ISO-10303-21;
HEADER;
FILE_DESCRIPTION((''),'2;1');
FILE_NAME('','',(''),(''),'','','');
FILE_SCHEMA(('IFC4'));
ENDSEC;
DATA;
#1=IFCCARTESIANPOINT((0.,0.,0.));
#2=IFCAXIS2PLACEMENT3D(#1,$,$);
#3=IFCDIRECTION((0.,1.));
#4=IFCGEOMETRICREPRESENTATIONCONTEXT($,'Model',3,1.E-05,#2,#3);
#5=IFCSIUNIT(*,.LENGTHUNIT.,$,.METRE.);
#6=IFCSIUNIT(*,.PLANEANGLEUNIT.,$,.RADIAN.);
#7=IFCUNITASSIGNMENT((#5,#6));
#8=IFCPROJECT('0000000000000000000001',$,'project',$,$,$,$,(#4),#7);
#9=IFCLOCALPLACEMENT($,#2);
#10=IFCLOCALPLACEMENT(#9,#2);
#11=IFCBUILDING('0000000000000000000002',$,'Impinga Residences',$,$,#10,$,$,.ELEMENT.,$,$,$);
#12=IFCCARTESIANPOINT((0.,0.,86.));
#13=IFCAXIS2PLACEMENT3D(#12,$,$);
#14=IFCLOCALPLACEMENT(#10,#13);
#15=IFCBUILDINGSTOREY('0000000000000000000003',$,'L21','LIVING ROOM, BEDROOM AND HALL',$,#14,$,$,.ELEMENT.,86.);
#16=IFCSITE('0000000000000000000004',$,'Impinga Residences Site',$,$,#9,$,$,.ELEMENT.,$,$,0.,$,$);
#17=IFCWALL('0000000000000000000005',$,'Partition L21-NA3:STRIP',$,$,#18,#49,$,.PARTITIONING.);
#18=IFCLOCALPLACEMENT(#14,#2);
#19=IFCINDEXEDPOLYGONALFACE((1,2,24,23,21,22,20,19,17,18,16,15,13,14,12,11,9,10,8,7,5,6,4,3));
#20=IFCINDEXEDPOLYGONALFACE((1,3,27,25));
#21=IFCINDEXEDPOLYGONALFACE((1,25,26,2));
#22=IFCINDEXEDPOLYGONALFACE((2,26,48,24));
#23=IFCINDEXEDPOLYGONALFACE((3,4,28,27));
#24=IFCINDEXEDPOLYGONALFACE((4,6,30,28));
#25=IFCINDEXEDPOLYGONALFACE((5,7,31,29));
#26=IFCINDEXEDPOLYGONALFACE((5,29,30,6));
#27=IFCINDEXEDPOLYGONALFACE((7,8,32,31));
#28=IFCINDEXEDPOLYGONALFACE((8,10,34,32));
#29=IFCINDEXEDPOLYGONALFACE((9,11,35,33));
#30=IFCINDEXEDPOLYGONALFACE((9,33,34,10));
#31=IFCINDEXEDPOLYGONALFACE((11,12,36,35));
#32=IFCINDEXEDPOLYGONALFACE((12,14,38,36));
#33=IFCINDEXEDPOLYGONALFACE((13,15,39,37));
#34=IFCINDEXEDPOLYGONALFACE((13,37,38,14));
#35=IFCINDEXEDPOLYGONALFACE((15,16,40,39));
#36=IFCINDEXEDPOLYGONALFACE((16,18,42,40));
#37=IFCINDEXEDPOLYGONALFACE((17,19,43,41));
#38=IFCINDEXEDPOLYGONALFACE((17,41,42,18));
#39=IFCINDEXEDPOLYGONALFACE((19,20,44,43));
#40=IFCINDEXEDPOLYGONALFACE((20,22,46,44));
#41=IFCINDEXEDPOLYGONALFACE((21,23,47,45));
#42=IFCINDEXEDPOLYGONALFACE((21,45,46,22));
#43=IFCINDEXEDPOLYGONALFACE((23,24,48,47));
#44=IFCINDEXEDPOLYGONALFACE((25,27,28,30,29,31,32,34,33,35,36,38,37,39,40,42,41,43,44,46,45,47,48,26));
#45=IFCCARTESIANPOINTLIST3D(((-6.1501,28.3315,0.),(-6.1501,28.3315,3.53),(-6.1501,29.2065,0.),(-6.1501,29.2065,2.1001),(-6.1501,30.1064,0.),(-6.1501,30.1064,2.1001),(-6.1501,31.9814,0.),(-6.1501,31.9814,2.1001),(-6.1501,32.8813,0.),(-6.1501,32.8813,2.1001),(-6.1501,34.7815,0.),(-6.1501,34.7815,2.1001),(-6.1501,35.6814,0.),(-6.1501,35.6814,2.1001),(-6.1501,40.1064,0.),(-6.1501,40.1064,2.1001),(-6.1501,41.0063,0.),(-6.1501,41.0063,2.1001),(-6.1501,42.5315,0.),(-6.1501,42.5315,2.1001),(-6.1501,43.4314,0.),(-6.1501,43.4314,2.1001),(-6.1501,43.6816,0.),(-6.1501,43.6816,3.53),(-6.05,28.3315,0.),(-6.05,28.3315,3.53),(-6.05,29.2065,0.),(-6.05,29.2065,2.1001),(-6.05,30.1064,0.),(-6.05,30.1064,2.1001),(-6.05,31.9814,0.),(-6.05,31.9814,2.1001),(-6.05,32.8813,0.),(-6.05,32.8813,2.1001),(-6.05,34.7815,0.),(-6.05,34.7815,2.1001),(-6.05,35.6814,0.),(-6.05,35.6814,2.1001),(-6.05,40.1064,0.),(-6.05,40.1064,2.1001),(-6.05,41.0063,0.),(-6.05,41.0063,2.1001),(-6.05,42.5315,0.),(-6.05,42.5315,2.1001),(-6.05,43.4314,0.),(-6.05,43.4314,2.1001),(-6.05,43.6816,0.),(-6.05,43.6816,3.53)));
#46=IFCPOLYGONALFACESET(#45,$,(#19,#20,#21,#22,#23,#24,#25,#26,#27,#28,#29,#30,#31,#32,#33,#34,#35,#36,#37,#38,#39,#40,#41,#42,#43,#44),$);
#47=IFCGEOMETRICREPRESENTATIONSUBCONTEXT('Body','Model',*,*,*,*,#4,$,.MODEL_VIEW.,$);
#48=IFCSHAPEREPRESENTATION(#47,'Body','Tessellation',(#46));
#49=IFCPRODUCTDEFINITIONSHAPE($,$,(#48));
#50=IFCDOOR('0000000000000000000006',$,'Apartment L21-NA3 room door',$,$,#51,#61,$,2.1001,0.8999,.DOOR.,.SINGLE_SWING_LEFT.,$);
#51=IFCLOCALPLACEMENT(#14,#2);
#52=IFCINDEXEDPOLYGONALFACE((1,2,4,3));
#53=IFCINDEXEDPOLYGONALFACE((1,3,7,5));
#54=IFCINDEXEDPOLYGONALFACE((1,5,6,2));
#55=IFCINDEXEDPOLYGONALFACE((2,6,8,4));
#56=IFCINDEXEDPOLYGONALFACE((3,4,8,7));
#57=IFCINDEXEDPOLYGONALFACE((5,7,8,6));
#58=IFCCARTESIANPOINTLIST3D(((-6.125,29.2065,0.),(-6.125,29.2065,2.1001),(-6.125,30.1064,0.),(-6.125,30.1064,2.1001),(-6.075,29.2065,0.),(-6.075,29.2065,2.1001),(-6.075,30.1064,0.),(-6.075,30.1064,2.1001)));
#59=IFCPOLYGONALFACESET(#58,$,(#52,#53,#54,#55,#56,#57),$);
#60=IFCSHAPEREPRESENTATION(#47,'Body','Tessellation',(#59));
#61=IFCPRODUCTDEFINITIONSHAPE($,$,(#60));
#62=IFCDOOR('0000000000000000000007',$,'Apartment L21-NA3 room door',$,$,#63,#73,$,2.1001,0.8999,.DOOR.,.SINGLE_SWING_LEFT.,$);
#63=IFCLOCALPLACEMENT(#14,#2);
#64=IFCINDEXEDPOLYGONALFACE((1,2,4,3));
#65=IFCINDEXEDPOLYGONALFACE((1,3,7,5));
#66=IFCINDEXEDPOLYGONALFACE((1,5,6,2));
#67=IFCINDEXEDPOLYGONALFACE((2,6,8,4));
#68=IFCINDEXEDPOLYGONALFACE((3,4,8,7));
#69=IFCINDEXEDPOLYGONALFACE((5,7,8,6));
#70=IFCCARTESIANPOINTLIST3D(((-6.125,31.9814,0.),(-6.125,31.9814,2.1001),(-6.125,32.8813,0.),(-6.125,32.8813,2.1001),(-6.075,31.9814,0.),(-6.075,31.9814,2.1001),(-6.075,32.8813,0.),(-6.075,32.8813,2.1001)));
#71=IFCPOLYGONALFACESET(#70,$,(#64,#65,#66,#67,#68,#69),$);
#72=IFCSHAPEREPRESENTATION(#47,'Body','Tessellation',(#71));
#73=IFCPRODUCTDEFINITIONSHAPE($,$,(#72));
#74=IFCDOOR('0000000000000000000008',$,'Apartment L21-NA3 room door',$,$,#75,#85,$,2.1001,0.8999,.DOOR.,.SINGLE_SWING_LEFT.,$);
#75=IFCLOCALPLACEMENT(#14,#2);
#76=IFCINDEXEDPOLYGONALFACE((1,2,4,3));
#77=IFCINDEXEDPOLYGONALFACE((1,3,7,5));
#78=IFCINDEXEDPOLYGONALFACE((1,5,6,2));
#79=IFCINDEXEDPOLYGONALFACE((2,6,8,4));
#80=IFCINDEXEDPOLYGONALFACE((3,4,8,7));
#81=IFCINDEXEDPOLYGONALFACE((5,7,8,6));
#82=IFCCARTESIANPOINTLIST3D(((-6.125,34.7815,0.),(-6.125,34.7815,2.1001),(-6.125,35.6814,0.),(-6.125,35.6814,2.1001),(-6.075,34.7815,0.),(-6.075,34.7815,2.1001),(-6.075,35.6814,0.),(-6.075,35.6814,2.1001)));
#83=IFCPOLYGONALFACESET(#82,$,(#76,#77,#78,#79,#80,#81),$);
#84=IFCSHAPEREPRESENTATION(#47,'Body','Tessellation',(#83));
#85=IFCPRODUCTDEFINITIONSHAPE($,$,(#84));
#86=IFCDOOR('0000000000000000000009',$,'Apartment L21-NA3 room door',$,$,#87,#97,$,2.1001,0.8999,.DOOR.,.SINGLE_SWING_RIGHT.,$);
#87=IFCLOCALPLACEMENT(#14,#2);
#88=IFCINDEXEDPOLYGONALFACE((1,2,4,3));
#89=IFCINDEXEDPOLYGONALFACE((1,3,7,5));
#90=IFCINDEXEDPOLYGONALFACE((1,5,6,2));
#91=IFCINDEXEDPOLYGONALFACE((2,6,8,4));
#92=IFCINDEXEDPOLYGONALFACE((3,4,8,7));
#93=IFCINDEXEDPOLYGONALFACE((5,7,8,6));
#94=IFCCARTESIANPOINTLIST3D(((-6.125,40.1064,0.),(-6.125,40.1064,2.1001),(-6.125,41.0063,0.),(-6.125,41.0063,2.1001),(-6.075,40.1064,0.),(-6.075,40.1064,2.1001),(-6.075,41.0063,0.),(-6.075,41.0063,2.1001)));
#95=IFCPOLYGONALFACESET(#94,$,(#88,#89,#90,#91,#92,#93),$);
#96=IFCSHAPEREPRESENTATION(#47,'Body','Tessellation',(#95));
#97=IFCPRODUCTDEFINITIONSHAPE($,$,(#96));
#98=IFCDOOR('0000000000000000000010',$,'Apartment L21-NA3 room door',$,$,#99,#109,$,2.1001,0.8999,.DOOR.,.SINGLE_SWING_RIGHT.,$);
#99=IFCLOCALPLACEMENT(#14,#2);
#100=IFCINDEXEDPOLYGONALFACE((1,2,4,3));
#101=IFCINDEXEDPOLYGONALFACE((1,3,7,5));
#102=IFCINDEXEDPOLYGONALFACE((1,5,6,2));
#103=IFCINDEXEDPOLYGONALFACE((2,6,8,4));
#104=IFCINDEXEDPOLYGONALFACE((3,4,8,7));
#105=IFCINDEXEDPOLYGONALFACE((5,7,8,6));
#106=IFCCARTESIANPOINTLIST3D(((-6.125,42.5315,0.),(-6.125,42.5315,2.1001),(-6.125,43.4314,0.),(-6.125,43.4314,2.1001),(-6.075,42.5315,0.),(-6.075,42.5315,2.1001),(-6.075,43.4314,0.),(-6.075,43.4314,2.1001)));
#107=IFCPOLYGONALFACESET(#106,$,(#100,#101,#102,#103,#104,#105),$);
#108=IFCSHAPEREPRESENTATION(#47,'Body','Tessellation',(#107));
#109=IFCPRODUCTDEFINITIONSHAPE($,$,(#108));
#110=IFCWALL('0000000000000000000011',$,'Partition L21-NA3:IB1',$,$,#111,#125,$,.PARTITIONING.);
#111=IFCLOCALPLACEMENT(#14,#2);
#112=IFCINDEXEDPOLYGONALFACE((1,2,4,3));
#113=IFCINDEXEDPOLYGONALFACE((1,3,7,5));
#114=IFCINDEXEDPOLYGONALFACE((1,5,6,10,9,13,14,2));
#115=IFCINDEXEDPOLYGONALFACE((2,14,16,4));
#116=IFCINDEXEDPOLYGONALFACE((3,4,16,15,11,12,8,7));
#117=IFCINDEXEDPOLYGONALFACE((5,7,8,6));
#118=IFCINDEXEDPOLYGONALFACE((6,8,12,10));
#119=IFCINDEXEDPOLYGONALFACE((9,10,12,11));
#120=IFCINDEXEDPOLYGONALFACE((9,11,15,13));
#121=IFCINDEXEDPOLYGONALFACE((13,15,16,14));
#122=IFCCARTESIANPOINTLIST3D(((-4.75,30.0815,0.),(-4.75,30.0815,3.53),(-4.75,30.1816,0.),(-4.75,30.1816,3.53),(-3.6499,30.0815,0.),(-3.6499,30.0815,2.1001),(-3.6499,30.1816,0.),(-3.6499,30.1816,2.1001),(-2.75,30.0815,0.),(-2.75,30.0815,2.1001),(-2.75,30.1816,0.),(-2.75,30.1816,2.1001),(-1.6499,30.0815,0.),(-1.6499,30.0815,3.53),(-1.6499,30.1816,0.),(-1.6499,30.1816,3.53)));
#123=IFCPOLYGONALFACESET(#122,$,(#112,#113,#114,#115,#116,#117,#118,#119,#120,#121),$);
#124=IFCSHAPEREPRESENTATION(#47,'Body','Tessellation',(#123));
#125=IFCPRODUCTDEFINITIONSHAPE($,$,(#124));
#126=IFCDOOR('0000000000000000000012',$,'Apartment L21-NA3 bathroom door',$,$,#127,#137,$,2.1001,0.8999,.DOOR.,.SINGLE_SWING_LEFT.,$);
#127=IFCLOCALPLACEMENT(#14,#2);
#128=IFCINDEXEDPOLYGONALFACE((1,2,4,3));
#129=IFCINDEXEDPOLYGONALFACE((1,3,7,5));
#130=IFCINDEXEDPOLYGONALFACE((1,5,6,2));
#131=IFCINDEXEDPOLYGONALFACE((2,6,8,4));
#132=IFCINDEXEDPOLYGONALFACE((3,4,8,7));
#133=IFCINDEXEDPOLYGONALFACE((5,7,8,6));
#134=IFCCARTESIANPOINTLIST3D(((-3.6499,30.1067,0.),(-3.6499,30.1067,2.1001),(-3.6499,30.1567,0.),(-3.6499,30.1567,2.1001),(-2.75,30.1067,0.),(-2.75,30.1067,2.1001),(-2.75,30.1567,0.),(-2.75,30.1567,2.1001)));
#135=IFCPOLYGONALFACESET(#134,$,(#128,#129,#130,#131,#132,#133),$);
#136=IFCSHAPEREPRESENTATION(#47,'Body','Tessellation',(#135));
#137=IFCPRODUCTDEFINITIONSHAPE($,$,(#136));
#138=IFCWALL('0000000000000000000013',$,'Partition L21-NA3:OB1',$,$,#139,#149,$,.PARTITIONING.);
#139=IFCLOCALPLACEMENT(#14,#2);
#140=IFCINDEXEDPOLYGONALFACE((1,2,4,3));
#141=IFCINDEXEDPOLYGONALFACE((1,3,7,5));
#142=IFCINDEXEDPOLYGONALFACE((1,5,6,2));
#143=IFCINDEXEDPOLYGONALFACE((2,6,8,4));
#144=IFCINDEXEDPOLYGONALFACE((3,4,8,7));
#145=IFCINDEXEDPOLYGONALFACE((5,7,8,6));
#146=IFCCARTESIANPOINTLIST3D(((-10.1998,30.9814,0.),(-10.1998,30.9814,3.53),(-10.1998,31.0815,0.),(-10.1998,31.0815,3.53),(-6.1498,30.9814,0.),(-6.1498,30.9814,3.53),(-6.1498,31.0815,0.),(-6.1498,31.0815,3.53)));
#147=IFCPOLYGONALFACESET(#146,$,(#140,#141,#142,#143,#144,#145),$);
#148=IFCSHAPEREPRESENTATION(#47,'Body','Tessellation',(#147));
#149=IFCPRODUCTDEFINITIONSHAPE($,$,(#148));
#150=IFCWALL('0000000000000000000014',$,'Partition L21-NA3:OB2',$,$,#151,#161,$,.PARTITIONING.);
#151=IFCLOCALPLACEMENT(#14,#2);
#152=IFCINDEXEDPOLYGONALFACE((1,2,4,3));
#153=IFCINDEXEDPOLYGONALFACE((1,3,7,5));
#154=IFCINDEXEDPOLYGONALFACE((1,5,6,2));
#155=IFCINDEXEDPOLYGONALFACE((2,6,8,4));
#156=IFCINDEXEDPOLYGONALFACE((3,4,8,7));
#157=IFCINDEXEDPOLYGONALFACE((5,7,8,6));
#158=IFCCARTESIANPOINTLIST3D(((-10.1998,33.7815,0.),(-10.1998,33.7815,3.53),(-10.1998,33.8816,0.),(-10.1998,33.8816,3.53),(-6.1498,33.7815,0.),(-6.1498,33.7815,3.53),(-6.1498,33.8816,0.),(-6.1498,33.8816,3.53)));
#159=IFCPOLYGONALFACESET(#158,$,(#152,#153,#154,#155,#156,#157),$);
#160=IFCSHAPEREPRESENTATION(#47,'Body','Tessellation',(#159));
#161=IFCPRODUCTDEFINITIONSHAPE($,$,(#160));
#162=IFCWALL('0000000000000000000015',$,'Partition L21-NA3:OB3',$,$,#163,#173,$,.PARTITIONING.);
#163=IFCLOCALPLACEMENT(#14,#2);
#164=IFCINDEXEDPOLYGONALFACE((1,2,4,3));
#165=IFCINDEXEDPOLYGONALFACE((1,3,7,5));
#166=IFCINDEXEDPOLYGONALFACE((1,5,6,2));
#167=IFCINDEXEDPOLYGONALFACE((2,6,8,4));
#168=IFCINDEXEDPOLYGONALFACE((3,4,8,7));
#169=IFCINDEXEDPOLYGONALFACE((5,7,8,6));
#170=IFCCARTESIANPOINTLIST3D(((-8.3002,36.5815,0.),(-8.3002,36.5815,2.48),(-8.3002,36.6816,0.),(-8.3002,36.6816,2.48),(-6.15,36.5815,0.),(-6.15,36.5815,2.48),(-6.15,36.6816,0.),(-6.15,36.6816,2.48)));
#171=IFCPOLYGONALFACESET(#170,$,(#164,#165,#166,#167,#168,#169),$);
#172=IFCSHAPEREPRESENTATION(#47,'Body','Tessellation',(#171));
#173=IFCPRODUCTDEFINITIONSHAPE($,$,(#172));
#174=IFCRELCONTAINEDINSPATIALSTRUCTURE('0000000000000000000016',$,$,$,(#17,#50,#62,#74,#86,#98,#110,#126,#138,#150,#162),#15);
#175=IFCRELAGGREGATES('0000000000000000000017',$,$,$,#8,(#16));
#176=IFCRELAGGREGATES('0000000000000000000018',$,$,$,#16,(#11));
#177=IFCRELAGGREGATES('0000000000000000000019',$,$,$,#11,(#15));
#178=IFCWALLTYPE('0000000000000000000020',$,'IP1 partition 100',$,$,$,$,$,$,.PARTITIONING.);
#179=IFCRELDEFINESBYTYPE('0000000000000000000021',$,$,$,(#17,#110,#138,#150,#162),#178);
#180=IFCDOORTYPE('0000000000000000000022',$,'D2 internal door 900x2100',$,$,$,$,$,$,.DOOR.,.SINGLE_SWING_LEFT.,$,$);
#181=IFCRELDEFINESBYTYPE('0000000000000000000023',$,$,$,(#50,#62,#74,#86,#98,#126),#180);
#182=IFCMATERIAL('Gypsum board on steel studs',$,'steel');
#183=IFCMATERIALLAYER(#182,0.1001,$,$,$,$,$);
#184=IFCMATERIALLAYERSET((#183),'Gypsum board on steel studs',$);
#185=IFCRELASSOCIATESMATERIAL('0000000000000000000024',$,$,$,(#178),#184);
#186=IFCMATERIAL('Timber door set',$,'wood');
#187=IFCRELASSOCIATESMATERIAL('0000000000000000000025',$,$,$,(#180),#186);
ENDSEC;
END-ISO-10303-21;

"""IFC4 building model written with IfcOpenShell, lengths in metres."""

from ifc_helpers import new_model, si_unit, direction, frame, frame_2d, origin, place, context, subcontext, project, spatial, rectangle, extrude, material, layer, layer_set, type_object, element, fill, save


model = new_model("IFC4")

# Units and contexts
model_context = context("Model", 3, precision=1e-05, world=origin(), true_north=direction((0.0, 1.0)))
body_context = subcontext(model_context, "Body", "Model", "MODEL_VIEW")
ifc_project = project(units=[si_unit("LENGTHUNIT", "METRE"), si_unit("PLANEANGLEUNIT", "RADIAN")], contexts=[model_context])

# Site, building, storey
site_placement = place(None, origin())
site = spatial("IfcSite", under=ifc_project, at=site_placement, Name="Impinga Residences Site", CompositionType="ELEMENT", RefElevation=0.0)
building_placement = place(site_placement, origin())
building = spatial("IfcBuilding", under=site, at=building_placement, Name="Impinga Residences", CompositionType="ELEMENT")
storey_placement = place(building_placement, frame((0.0, 0.0, 86.0)))
storey = spatial("IfcBuildingStorey", under=building, at=storey_placement, Name="L21", Description="LIVING ROOM, BEDROOM AND HALL", CompositionType="ELEMENT", Elevation=86.0)

# Shared definitions
ifc_material_1 = material(Name="Timber door set", Category="wood")

# Shared definitions
ifc_material_2 = material(Name="Gypsum board on steel studs", Category="steel")
ifc_layer_1 = layer(ifc_material_2, 0.1001)
ifc_layer_set_1 = layer_set([ifc_layer_1], Name="Gypsum board on steel studs")
wall_type_1 = type_object("IfcWallType", Name="IP1 partition 100", PredefinedType="PARTITIONING", material=ifc_layer_set_1)

# Wall, openings, doors
wall_1_placement = place(storey_placement, frame((-6.1001, 28.3315, 0.0), z_axis=(0.0, 0.0, 1.0), x_axis=(0.0, 1.0, 0.0)))
wall_1 = element("IfcWall", 1, at=wall_1_placement, inside=storey, type_object=wall_type_1, Name="Partition L21-NA3:STRIP", PredefinedType="PARTITIONING", context=body_context, shape_type="SweptSolid", body=[
    extrude(rectangle(XDim=15.3501, YDim=0.1001, at=frame_2d((7.675, 0.0))), origin(), (0.0, 0.0, 1.0), 3.53),
])
opening_1_placement = place(wall_1_placement, frame((0.875, 0.0, 0.0)))
opening_1 = element("IfcOpeningElement", 2, at=opening_1_placement, cuts=wall_1, PredefinedType="OPENING", context=body_context, shape_type="SweptSolid", body=[
    extrude(rectangle(XDim=0.8999, YDim=2.1001, at=frame_2d((0.45, 1.05))), frame((0.0, 0.0601, 0.0), z_axis=(0.0, -1.0, 0.0), x_axis=(1.0, 0.0, 0.0)), (0.0, 0.0, 1.0), 0.1201),
])
opening_2_placement = place(wall_1_placement, frame((3.6499, 0.0, 0.0)))
opening_2 = element("IfcOpeningElement", 3, at=opening_2_placement, cuts=wall_1, PredefinedType="OPENING", context=body_context, shape_type="SweptSolid", body=[
    extrude(rectangle(XDim=0.8999, YDim=2.1001, at=frame_2d((0.45, 1.05))), frame((0.0, 0.0601, 0.0), z_axis=(0.0, -1.0, 0.0), x_axis=(1.0, 0.0, 0.0)), (0.0, 0.0, 1.0), 0.1201),
])
opening_3_placement = place(wall_1_placement, frame((6.45, 0.0, 0.0)))
opening_3 = element("IfcOpeningElement", 4, at=opening_3_placement, cuts=wall_1, PredefinedType="OPENING", context=body_context, shape_type="SweptSolid", body=[
    extrude(rectangle(XDim=0.8999, YDim=2.1001, at=frame_2d((0.45, 1.05))), frame((0.0, 0.0601, 0.0), z_axis=(0.0, -1.0, 0.0), x_axis=(1.0, 0.0, 0.0)), (0.0, 0.0, 1.0), 0.1201),
])
opening_4_placement = place(wall_1_placement, frame((11.7749, 0.0, 0.0)))
opening_4 = element("IfcOpeningElement", 5, at=opening_4_placement, cuts=wall_1, PredefinedType="OPENING", context=body_context, shape_type="SweptSolid", body=[
    extrude(rectangle(XDim=0.8999, YDim=2.1001, at=frame_2d((0.45, 1.05))), frame((0.0, 0.0601, 0.0), z_axis=(0.0, -1.0, 0.0), x_axis=(1.0, 0.0, 0.0)), (0.0, 0.0, 1.0), 0.1201),
])
opening_5_placement = place(wall_1_placement, frame((14.2, 0.0, 0.0)))
opening_5 = element("IfcOpeningElement", 6, at=opening_5_placement, cuts=wall_1, PredefinedType="OPENING", context=body_context, shape_type="SweptSolid", body=[
    extrude(rectangle(XDim=0.8999, YDim=2.1001, at=frame_2d((0.45, 1.05))), frame((0.0, 0.0601, 0.0), z_axis=(0.0, -1.0, 0.0), x_axis=(1.0, 0.0, 0.0)), (0.0, 0.0, 1.0), 0.1201),
])
door_type_1 = type_object("IfcDoorType", Name="D2 internal door 900x2100", OperationType="SINGLE_SWING_LEFT", PredefinedType="DOOR", material=ifc_material_1)
door_1_placement = place(opening_1_placement, origin())
door_1 = element("IfcDoor", 7, at=door_1_placement, inside=storey, type_object=door_type_1, Name="Apartment L21-NA3 room door", OperationType="SINGLE_SWING_LEFT", OverallHeight=2.1001, OverallWidth=0.8999, PredefinedType="DOOR", context=body_context, shape_type="SweptSolid", body=[
    extrude(rectangle(XDim=0.8999, YDim=2.1001, at=frame_2d((0.45, 1.05))), frame((0.0, 0.0249, 0.0), z_axis=(0.0, -1.0, 0.0), x_axis=(1.0, 0.0, 0.0)), (0.0, 0.0, 1.0), 0.05),
])
fill(opening_1, door_1)
door_2_placement = place(opening_2_placement, origin())
door_2 = element("IfcDoor", 8, at=door_2_placement, inside=storey, type_object=door_type_1, Name="Apartment L21-NA3 room door", OperationType="SINGLE_SWING_LEFT", OverallHeight=2.1001, OverallWidth=0.8999, PredefinedType="DOOR", context=body_context, shape_type="SweptSolid", body=[
    extrude(rectangle(XDim=0.8999, YDim=2.1001, at=frame_2d((0.45, 1.05))), frame((0.0, 0.0249, 0.0), z_axis=(0.0, -1.0, 0.0), x_axis=(1.0, 0.0, 0.0)), (0.0, 0.0, 1.0), 0.05),
])
fill(opening_2, door_2)
door_3_placement = place(opening_3_placement, origin())
door_3 = element("IfcDoor", 9, at=door_3_placement, inside=storey, type_object=door_type_1, Name="Apartment L21-NA3 room door", OperationType="SINGLE_SWING_LEFT", OverallHeight=2.1001, OverallWidth=0.8999, PredefinedType="DOOR", context=body_context, shape_type="SweptSolid", body=[
    extrude(rectangle(XDim=0.8999, YDim=2.1001, at=frame_2d((0.45, 1.05))), frame((0.0, 0.0249, 0.0), z_axis=(0.0, -1.0, 0.0), x_axis=(1.0, 0.0, 0.0)), (0.0, 0.0, 1.0), 0.05),
])
fill(opening_3, door_3)
door_4_placement = place(opening_4_placement, origin())
door_4 = element("IfcDoor", 10, at=door_4_placement, inside=storey, type_object=door_type_1, Name="Apartment L21-NA3 room door", OperationType="SINGLE_SWING_RIGHT", OverallHeight=2.1001, OverallWidth=0.8999, PredefinedType="DOOR", context=body_context, shape_type="SweptSolid", body=[
    extrude(rectangle(XDim=0.8999, YDim=2.1001, at=frame_2d((0.45, 1.05))), frame((0.0, 0.0249, 0.0), z_axis=(0.0, -1.0, 0.0), x_axis=(1.0, 0.0, 0.0)), (0.0, 0.0, 1.0), 0.05),
])
fill(opening_4, door_4)
door_5_placement = place(opening_5_placement, origin())
door_5 = element("IfcDoor", 11, at=door_5_placement, inside=storey, type_object=door_type_1, Name="Apartment L21-NA3 room door", OperationType="SINGLE_SWING_RIGHT", OverallHeight=2.1001, OverallWidth=0.8999, PredefinedType="DOOR", context=body_context, shape_type="SweptSolid", body=[
    extrude(rectangle(XDim=0.8999, YDim=2.1001, at=frame_2d((0.45, 1.05))), frame((0.0, 0.0249, 0.0), z_axis=(0.0, -1.0, 0.0), x_axis=(1.0, 0.0, 0.0)), (0.0, 0.0, 1.0), 0.05),
])
fill(opening_5, door_5)

# Wall, opening, door
wall_2_placement = place(storey_placement, frame((-1.6499, 30.1316, 0.0), z_axis=(0.0, 0.0, 1.0), x_axis=(-1.0, 0.0, 0.0)))
wall_2 = element("IfcWall", 12, at=wall_2_placement, inside=storey, type_object=wall_type_1, Name="Partition L21-NA3:IB1", PredefinedType="PARTITIONING", context=body_context, shape_type="SweptSolid", body=[
    extrude(rectangle(XDim=3.1001, YDim=0.1001, at=frame_2d((1.55, 0.0))), origin(), (0.0, 0.0, 1.0), 3.53),
])
opening_6_placement = place(wall_2_placement, frame((1.1001, 0.0, 0.0)))
opening_6 = element("IfcOpeningElement", 13, at=opening_6_placement, cuts=wall_2, PredefinedType="OPENING", context=body_context, shape_type="SweptSolid", body=[
    extrude(rectangle(XDim=0.8999, YDim=2.1001, at=frame_2d((0.45, 1.05))), frame((0.0, 0.0601, 0.0), z_axis=(0.0, -1.0, 0.0), x_axis=(1.0, 0.0, 0.0)), (0.0, 0.0, 1.0), 0.1201),
])
door_6_placement = place(opening_6_placement, origin())
door_6 = element("IfcDoor", 14, at=door_6_placement, inside=storey, type_object=door_type_1, Name="Apartment L21-NA3 bathroom door", OperationType="SINGLE_SWING_LEFT", OverallHeight=2.1001, OverallWidth=0.8999, PredefinedType="DOOR", context=body_context, shape_type="SweptSolid", body=[
    extrude(rectangle(XDim=0.8999, YDim=2.1001, at=frame_2d((0.45, 1.05))), frame((0.0, 0.0249, 0.0), z_axis=(0.0, -1.0, 0.0), x_axis=(1.0, 0.0, 0.0)), (0.0, 0.0, 1.0), 0.05),
])
fill(opening_6, door_6)

# Walls
for number, where, z_axis, x_axis, name in (
    (15, (-6.1499, 31.0315, 0.0), (0.0, 0.0, 1.0), (-1.0, 0.0, 0.0), "Partition L21-NA3:OB1"),
    (16, (-6.1499, 33.8315, 0.0), (0.0, 0.0, 1.0), (-1.0, 0.0, 0.0), "Partition L21-NA3:OB2"),
):
    element("IfcWall", number, at=place(storey_placement, frame(where, z_axis=z_axis, x_axis=x_axis)), inside=storey, type_object=wall_type_1, Name=name, PredefinedType="PARTITIONING", context=body_context, shape_type="SweptSolid", body=[
        extrude(rectangle(XDim=4.05, YDim=0.1001, at=frame_2d((2.0249, 0.0))), origin(), (0.0, 0.0, 1.0), 3.53),
    ])
wall_3_placement = place(storey_placement, frame((-6.1499, 36.6316, 0.0), z_axis=(0.0, 0.0, 1.0), x_axis=(-1.0, 0.0, 0.0)))
element("IfcWall", 17, at=wall_3_placement, inside=storey, type_object=wall_type_1, Name="Partition L21-NA3:OB3", PredefinedType="PARTITIONING", context=body_context, shape_type="SweptSolid", body=[
    extrude(rectangle(XDim=2.1501, YDim=0.1001, at=frame_2d((1.0752, 0.0))), origin(), (0.0, 0.0, 1.0), 2.48),
])

save(model, "model.ifc")
